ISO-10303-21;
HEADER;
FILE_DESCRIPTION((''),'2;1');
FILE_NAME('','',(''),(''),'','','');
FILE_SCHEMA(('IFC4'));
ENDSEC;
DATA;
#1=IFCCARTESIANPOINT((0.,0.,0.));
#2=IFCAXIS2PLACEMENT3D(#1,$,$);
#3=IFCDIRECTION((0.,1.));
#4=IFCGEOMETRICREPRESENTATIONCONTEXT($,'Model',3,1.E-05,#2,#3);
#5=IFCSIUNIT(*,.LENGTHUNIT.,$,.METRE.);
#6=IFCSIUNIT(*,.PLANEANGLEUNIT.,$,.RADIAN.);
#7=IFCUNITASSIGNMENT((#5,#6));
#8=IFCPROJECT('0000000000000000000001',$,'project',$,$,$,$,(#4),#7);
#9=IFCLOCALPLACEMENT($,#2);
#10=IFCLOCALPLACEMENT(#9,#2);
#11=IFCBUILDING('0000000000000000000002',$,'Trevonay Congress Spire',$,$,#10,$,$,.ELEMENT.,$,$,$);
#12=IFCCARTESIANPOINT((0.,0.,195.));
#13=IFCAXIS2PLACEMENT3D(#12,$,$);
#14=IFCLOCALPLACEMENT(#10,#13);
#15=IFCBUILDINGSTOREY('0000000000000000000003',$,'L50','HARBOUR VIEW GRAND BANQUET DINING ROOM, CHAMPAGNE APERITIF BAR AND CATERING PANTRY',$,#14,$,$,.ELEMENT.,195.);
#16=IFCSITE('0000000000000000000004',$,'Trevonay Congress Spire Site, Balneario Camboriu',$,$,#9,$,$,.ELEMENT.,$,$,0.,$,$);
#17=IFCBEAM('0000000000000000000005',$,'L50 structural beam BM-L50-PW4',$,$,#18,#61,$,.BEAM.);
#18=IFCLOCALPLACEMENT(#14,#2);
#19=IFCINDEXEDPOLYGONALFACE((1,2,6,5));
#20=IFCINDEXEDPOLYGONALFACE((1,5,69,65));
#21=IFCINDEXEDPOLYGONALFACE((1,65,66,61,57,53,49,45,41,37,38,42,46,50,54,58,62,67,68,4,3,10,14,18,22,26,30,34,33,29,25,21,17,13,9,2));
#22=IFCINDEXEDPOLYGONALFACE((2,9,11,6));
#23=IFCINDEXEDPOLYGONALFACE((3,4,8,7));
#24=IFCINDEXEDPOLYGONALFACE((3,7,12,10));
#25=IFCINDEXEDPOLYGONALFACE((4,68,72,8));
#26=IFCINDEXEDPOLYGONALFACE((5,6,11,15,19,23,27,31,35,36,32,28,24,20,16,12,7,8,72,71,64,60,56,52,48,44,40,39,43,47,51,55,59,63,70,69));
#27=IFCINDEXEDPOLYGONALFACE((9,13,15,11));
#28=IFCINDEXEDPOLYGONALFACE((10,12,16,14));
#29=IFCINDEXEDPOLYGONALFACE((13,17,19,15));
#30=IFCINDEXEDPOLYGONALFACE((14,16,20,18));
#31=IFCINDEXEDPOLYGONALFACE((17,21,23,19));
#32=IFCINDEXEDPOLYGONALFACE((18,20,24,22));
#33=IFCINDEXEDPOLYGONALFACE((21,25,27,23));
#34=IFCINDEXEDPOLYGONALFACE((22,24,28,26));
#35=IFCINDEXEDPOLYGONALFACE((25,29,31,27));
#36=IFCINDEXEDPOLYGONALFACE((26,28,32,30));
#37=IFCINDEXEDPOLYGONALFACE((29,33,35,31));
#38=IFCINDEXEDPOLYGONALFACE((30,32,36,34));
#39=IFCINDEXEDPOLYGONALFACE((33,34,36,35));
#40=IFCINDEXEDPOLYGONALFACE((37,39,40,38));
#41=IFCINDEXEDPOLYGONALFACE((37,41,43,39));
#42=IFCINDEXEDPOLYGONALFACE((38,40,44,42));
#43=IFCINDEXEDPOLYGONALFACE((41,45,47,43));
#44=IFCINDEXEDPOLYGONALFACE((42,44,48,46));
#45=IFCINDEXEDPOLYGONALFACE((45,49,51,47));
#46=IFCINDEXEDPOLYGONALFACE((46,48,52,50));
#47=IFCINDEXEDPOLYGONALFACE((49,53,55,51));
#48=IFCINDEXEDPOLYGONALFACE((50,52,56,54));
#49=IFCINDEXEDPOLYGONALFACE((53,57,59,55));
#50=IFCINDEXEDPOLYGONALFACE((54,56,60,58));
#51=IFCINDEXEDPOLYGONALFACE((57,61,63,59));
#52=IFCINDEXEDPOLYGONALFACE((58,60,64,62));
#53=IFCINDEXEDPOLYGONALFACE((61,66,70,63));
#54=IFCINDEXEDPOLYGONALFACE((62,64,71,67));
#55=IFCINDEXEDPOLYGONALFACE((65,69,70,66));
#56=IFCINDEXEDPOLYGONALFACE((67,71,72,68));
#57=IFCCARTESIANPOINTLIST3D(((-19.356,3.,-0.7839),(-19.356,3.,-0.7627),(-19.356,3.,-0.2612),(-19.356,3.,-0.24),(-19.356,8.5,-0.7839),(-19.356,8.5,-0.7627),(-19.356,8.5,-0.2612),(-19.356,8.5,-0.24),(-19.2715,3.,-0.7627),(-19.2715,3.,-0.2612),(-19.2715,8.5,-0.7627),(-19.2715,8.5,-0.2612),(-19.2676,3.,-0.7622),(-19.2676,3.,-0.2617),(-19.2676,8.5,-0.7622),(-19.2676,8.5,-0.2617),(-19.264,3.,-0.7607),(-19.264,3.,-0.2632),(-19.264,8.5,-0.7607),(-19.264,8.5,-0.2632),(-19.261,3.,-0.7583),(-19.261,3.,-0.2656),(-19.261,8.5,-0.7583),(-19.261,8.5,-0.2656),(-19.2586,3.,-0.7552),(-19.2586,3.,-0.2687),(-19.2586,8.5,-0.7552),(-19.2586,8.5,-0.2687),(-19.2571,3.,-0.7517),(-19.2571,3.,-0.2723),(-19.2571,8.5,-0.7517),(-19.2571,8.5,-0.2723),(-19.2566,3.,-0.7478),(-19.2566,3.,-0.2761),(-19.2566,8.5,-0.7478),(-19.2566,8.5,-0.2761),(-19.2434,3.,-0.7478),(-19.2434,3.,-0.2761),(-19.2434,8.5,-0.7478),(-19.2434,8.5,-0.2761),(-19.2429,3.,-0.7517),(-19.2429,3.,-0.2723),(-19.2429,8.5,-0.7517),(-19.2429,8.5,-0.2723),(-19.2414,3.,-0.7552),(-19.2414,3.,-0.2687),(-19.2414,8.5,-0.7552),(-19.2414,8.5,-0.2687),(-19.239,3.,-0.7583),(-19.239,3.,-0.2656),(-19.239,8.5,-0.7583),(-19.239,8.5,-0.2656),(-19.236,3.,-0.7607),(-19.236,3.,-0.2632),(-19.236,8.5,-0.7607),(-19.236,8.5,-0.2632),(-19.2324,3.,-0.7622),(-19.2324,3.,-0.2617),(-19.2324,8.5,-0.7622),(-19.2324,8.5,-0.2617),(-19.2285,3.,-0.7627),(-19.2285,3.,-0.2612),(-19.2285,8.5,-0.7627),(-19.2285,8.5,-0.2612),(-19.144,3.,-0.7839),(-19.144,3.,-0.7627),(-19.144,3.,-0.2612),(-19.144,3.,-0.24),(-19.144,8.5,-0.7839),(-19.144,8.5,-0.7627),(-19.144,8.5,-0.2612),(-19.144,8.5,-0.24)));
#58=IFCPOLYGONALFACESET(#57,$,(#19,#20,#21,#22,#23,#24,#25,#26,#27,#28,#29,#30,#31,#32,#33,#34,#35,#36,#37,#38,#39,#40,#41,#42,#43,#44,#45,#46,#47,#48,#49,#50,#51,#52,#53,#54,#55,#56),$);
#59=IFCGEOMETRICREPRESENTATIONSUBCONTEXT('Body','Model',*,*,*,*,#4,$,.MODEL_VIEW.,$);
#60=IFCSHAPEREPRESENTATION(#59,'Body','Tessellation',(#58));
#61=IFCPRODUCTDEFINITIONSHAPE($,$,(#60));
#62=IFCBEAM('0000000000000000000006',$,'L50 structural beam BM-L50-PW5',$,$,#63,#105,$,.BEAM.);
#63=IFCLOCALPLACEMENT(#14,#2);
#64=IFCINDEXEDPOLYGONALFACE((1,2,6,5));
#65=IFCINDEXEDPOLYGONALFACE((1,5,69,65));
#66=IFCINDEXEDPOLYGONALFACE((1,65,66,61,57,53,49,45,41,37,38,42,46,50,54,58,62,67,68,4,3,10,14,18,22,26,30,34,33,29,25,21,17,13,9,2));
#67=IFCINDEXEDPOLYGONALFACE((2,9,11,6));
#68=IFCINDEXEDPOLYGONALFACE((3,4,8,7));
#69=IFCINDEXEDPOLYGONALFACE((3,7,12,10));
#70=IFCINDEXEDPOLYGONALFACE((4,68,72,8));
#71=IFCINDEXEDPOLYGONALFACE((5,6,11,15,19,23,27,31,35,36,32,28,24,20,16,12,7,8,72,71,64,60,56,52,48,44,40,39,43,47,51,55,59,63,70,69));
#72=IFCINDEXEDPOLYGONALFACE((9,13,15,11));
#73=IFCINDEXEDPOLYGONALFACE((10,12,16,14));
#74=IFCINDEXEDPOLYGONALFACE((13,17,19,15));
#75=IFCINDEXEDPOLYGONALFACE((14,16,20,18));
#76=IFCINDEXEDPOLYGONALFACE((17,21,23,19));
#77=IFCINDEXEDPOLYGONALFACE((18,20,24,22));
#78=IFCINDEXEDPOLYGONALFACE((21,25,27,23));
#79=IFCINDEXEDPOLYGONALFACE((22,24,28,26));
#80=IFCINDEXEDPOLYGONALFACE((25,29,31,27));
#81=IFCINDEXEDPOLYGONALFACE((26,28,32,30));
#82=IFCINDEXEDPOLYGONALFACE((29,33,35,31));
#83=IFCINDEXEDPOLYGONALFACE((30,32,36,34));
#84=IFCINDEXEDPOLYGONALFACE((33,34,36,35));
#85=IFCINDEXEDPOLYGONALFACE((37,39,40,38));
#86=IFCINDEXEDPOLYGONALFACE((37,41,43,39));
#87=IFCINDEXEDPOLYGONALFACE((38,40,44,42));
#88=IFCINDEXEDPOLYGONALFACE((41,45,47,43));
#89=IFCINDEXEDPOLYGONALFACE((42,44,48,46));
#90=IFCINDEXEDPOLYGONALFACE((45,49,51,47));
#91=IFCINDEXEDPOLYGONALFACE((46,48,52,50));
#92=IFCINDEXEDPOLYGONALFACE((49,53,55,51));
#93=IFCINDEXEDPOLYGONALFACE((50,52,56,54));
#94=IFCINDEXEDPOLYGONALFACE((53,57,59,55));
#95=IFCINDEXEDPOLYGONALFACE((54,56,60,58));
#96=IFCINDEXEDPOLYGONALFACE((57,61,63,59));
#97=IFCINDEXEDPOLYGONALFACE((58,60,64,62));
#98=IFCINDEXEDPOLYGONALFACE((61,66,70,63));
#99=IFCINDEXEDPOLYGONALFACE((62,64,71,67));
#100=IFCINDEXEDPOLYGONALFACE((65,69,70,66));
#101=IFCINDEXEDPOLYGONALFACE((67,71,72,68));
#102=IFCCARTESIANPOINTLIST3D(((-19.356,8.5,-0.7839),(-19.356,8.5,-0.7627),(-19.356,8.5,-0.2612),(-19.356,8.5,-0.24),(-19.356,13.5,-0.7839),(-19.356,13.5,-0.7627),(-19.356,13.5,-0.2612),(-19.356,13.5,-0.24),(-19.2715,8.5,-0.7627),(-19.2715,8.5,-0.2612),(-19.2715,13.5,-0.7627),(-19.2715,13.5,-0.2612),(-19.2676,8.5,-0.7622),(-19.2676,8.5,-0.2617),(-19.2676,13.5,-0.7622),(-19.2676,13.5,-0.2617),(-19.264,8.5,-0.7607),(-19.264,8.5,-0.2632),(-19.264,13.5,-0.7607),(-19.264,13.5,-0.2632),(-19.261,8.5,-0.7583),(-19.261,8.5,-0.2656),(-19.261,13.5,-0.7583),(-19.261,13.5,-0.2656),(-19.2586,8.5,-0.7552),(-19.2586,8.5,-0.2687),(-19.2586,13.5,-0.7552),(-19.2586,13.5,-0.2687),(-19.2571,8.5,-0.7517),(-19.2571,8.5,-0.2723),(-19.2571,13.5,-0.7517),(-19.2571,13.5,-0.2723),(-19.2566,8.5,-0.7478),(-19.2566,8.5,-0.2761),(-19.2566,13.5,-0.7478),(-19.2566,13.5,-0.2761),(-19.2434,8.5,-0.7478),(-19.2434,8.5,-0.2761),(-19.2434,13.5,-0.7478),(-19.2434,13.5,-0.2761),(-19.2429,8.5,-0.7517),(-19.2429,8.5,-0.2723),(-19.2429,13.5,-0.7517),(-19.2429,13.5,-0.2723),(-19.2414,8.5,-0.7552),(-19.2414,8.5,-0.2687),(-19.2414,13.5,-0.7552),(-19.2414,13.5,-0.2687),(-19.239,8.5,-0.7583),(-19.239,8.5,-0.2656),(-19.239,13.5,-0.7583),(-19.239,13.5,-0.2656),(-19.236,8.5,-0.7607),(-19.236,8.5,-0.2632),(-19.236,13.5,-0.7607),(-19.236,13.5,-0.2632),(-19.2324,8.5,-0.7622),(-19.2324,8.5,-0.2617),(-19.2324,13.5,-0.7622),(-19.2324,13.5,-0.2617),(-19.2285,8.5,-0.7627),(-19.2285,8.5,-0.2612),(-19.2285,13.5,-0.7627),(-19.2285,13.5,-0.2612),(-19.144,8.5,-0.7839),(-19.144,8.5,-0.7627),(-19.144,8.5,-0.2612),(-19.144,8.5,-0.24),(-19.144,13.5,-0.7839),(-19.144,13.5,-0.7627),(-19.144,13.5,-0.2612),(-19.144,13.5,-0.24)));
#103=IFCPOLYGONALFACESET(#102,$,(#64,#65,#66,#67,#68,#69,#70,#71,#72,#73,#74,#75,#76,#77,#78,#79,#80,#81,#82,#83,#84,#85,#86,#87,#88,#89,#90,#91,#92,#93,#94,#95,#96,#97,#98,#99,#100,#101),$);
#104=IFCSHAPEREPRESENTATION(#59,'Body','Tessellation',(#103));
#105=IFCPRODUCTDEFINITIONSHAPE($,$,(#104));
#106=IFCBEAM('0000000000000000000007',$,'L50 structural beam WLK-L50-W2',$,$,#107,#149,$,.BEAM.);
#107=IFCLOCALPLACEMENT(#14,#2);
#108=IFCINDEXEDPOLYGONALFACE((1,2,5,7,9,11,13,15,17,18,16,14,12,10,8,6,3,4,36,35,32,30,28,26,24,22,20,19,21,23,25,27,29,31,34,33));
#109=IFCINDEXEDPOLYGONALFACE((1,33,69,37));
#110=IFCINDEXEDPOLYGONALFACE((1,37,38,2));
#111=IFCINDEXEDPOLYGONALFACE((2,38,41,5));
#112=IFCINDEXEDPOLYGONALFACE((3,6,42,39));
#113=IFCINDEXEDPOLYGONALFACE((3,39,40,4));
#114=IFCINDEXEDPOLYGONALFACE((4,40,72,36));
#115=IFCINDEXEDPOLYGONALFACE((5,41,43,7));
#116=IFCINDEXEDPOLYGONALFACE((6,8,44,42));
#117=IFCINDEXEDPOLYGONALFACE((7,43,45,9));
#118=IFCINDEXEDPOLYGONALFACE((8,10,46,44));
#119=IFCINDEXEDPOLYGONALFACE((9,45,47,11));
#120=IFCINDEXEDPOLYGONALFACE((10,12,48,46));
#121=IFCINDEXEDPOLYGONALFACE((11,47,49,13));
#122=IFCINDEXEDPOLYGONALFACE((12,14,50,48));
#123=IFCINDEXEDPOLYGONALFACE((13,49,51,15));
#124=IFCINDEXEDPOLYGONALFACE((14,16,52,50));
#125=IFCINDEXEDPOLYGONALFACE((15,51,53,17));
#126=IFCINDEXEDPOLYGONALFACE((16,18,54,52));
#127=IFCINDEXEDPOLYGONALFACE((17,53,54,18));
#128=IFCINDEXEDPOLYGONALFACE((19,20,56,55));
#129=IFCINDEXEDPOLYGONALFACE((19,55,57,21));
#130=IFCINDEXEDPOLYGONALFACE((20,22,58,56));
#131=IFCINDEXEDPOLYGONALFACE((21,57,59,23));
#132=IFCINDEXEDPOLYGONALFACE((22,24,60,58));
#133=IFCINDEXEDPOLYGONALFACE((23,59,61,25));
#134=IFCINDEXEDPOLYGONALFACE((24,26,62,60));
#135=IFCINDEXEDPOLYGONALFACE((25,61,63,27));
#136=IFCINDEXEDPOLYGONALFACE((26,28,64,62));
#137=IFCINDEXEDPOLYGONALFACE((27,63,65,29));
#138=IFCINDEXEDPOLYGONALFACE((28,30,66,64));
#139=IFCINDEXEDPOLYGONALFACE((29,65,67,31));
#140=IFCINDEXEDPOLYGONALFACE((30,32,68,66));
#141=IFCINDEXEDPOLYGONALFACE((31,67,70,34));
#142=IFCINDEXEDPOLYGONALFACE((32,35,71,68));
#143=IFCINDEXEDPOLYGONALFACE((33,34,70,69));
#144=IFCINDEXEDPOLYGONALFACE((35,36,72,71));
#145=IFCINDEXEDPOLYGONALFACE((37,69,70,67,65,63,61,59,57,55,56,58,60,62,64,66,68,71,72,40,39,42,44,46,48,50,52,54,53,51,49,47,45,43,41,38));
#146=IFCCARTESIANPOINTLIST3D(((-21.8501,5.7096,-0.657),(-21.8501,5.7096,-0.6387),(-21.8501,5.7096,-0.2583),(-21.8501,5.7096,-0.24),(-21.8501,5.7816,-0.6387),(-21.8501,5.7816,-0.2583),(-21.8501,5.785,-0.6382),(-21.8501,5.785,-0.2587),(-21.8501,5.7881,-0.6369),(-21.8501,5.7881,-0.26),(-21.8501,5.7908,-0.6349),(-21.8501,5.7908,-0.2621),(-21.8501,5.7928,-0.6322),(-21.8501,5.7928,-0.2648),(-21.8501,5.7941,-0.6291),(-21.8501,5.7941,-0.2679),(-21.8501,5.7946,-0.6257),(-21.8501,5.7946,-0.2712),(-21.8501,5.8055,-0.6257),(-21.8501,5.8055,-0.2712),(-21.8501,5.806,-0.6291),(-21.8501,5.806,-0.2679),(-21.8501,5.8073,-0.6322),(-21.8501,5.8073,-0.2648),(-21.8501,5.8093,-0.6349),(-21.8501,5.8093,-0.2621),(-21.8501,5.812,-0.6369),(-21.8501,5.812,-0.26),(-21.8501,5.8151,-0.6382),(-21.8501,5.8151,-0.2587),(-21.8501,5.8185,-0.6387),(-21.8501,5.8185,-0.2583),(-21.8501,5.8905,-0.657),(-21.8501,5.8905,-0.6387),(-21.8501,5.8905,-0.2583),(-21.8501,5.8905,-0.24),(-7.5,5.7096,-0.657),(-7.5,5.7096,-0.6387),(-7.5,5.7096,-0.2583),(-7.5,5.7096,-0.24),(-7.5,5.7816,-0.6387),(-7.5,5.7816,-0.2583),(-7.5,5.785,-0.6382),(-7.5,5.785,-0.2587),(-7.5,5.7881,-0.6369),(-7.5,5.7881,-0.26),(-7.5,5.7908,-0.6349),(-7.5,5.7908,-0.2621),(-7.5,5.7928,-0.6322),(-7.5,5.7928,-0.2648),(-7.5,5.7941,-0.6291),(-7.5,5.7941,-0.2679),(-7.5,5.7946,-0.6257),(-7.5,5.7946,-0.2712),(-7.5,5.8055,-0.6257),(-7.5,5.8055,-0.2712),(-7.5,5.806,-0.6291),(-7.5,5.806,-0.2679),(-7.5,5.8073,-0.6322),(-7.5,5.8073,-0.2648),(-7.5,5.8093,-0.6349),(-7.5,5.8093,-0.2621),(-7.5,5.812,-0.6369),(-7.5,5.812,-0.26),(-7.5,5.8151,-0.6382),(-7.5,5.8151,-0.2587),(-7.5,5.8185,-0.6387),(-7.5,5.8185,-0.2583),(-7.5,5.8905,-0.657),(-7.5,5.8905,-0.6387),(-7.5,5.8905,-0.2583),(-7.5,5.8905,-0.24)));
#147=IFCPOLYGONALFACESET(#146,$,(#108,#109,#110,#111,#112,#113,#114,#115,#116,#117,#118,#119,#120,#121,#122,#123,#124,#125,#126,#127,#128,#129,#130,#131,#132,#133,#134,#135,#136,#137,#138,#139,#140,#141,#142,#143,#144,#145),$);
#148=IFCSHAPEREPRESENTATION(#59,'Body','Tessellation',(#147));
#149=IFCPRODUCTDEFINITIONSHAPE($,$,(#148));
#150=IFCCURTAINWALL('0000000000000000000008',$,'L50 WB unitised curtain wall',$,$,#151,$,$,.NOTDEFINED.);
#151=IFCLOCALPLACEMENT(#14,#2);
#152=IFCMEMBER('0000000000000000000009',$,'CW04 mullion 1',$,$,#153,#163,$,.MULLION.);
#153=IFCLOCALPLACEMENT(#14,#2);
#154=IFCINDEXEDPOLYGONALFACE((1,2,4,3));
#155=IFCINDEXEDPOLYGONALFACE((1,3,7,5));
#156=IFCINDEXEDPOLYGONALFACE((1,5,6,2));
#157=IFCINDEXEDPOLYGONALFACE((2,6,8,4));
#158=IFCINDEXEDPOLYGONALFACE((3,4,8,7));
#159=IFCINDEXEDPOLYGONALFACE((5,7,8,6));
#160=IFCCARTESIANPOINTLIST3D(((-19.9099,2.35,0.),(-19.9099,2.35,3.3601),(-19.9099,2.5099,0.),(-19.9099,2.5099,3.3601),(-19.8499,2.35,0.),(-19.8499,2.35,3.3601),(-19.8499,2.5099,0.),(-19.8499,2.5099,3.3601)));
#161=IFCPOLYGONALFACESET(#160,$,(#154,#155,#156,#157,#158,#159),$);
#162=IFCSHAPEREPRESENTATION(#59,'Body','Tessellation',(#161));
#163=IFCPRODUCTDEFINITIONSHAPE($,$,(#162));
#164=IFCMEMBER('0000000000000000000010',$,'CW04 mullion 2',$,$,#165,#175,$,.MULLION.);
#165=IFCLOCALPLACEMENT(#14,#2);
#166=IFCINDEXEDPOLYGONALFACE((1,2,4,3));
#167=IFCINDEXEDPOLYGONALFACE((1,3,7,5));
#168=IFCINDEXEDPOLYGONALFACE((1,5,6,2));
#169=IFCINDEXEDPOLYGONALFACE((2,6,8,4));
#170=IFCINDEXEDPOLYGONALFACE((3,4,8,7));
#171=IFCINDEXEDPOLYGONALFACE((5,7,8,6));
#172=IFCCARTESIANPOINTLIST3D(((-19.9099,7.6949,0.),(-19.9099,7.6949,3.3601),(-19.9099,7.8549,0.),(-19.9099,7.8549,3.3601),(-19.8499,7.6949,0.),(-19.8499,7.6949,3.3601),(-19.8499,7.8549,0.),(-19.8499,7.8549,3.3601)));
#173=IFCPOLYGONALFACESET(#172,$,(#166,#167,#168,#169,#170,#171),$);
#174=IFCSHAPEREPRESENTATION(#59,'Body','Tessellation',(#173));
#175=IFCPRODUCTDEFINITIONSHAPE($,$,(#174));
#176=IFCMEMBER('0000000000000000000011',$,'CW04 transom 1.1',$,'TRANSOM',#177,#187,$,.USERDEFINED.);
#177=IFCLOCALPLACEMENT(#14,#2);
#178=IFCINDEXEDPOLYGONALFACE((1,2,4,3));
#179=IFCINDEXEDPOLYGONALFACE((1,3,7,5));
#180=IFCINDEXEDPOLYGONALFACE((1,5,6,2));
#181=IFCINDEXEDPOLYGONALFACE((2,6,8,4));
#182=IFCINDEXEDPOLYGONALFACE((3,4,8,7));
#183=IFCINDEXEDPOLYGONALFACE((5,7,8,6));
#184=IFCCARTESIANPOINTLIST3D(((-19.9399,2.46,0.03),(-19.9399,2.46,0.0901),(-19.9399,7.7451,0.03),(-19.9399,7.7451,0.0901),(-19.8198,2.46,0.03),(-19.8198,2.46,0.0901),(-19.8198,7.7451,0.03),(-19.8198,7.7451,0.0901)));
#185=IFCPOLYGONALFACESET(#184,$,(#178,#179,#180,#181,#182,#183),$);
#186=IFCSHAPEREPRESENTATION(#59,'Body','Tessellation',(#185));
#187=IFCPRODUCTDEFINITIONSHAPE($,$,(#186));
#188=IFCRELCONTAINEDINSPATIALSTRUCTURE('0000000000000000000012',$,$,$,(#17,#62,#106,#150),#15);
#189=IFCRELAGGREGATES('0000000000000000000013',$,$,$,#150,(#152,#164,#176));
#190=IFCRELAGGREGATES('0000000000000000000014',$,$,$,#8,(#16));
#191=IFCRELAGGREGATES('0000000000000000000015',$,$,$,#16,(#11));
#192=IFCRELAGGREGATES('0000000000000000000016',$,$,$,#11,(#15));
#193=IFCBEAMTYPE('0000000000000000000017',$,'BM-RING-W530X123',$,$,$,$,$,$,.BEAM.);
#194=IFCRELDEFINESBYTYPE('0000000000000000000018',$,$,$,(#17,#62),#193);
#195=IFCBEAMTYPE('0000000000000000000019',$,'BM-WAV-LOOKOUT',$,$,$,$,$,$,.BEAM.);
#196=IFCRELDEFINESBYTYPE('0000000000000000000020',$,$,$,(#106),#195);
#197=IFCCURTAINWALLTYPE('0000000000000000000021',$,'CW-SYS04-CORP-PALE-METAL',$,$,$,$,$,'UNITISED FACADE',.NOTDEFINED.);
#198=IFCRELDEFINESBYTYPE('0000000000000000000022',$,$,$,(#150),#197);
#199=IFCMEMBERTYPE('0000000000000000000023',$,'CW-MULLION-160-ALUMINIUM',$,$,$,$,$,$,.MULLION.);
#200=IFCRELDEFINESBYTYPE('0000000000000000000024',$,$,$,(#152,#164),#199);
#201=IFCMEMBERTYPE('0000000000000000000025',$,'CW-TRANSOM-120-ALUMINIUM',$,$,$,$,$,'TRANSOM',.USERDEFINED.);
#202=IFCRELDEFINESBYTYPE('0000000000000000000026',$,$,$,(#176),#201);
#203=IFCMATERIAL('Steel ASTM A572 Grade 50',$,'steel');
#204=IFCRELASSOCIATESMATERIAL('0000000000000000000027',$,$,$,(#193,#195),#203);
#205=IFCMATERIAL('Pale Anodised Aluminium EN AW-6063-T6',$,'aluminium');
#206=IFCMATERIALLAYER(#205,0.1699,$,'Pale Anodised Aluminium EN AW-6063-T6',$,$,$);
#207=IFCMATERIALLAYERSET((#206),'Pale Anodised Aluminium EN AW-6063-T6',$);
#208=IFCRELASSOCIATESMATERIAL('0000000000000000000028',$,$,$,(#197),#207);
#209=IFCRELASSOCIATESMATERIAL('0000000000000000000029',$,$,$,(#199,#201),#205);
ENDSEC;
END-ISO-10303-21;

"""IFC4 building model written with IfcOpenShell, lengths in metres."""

from ifc_helpers import new_model, si_unit, direction, frame, origin, origin_2d, place, context, subcontext, project, spatial, rectangle, i_section, extrude, material, layer, layer_set, material_profile, profile_set, type_object, element, aggregate, save


model = new_model("IFC4")

# Units and contexts
model_context = context("Model", 3, precision=1e-05, world=origin(), true_north=direction((0.0, 1.0)))
body_context = subcontext(model_context, "Body", "Model", "MODEL_VIEW")
ifc_project = project(units=[si_unit("LENGTHUNIT", "METRE"), si_unit("PLANEANGLEUNIT", "RADIAN")], contexts=[model_context])

# Site, building, storey
site_placement = place(None, origin())
site = spatial("IfcSite", under=ifc_project, at=site_placement, Name="Trevonay Congress Spire Site, Balneario Camboriu", CompositionType="ELEMENT", RefElevation=0.0)
building_placement = place(site_placement, origin())
building = spatial("IfcBuilding", under=site, at=building_placement, Name="Trevonay Congress Spire", CompositionType="ELEMENT")
storey_placement = place(building_placement, frame((0.0, 0.0, 195.0)))
storey = spatial("IfcBuildingStorey", under=building, at=storey_placement, Name="L50", Description="HARBOUR VIEW GRAND BANQUET DINING ROOM, CHAMPAGNE APERITIF BAR AND CATERING PANTRY", CompositionType="ELEMENT", Elevation=195.0)

# Shared definitions
ifc_material_1 = material(Name="Steel ASTM A572 Grade 50", Category="steel")

# Beams
ifc_material_profile_1 = material_profile(ifc_material_1, i_section(OverallWidth=0.2119, OverallDepth=0.5439, WebThickness=0.0132, FlangeThickness=0.0212, FilletRadius=0.0149, at=origin_2d()), Name="W530x123")
ifc_profile_set_1 = profile_set([ifc_material_profile_1], Name="Steel ASTM A572 Grade 50")
beam_type_1 = type_object("IfcBeamType", Name="BM-RING-W530X123", PredefinedType="BEAM", material=ifc_profile_set_1)
beam_1_placement = place(storey_placement, frame((-19.25, 3.0, -0.512), z_axis=(0.0, 1.0, 0.0), x_axis=(-1.0, 0.0, 0.0)))
element("IfcBeam", 1, at=beam_1_placement, inside=storey, type_object=beam_type_1, Name="L50 structural beam BM-L50-PW4", PredefinedType="BEAM", context=body_context, shape_type="SweptSolid", body=[
    extrude(i_section(OverallWidth=0.2119, OverallDepth=0.5439, WebThickness=0.0132, FlangeThickness=0.0212, FilletRadius=0.0149, at=origin_2d()), origin(), (0.0, 0.0, 1.0), 5.5),
])
beam_2_placement = place(storey_placement, frame((-19.25, 8.5, -0.512), z_axis=(0.0, 1.0, 0.0), x_axis=(-1.0, 0.0, 0.0)))
element("IfcBeam", 2, at=beam_2_placement, inside=storey, type_object=beam_type_1, Name="L50 structural beam BM-L50-PW5", PredefinedType="BEAM", context=body_context, shape_type="SweptSolid", body=[
    extrude(i_section(OverallWidth=0.2119, OverallDepth=0.5439, WebThickness=0.0132, FlangeThickness=0.0212, FilletRadius=0.0149, at=origin_2d()), origin(), (0.0, 0.0, 1.0), 5.0),
])
ifc_material_profile_2 = material_profile(ifc_material_1, i_section(OverallWidth=0.1809, OverallDepth=0.417, WebThickness=0.011, FlangeThickness=0.0183, FilletRadius=0.0129, at=origin_2d()), Name="W410x85")
ifc_profile_set_2 = profile_set([ifc_material_profile_2], Name="Steel ASTM A572 Grade 50")
beam_type_2 = type_object("IfcBeamType", Name="BM-WAV-LOOKOUT", PredefinedType="BEAM", material=ifc_profile_set_2)
beam_3_placement = place(storey_placement, frame((-7.5, 5.8, -0.4485), z_axis=(-1.0, 0.0, 0.0), x_axis=(0.0, -1.0, 0.0)))
element("IfcBeam", 3, at=beam_3_placement, inside=storey, type_object=beam_type_2, Name="L50 structural beam WLK-L50-W2", PredefinedType="BEAM", context=body_context, shape_type="SweptSolid", body=[
    extrude(i_section(OverallWidth=0.1809, OverallDepth=0.417, WebThickness=0.011, FlangeThickness=0.0183, FilletRadius=0.0129, at=origin_2d()), origin(), (0.0, 0.0, 1.0), 14.3501),
])

# Curtain wall, members
ifc_material_2 = material(Name="Pale Anodised Aluminium EN AW-6063-T6", Category="aluminium")
ifc_layer_1 = layer(ifc_material_2, 0.1699, Name="Pale Anodised Aluminium EN AW-6063-T6")
ifc_layer_set_1 = layer_set([ifc_layer_1], Name="Pale Anodised Aluminium EN AW-6063-T6")
curtain_wall_type = type_object("IfcCurtainWallType", Name="CW-SYS04-CORP-PALE-METAL", ElementType="UNITISED FACADE", PredefinedType="NOTDEFINED", material=ifc_layer_set_1)
curtain_wall_placement = place(storey_placement, origin())
curtain_wall = element("IfcCurtainWall", 4, at=curtain_wall_placement, inside=storey, type_object=curtain_wall_type, Name="L50 WB unitised curtain wall", PredefinedType="NOTDEFINED")
ifc_material_profile_3 = material_profile(ifc_material_2, rectangle(XDim=0.0601, YDim=0.1599, at=origin_2d()), Name="CW-MULLION-160-ALUMINIUM")
ifc_profile_set_3 = profile_set([ifc_material_profile_3], Name="Pale Anodised Aluminium EN AW-6063-T6")
member_type_1 = type_object("IfcMemberType", Name="CW-MULLION-160-ALUMINIUM", PredefinedType="MULLION", material=ifc_profile_set_3)
member_1_placement = place(storey_placement, frame((-19.8799, 2.4299, 0.0), z_axis=(0.0, 0.0, 1.0), x_axis=(-1.0, 0.0, 0.0)))
member_1 = element("IfcMember", 5, at=member_1_placement, type_object=member_type_1, Name="CW04 mullion 1", PredefinedType="MULLION", context=body_context, shape_type="SweptSolid", body=[
    extrude(rectangle(XDim=0.0601, YDim=0.1599, at=origin_2d()), origin(), (0.0, 0.0, 1.0), 3.3601),
])
member_2_placement = place(storey_placement, frame((-19.8799, 7.7749, 0.0), z_axis=(0.0, 0.0, 1.0), x_axis=(-1.0, 0.0, 0.0)))
member_2 = element("IfcMember", 6, at=member_2_placement, type_object=member_type_1, Name="CW04 mullion 2", PredefinedType="MULLION", context=body_context, shape_type="SweptSolid", body=[
    extrude(rectangle(XDim=0.0601, YDim=0.1599, at=origin_2d()), origin(), (0.0, 0.0, 1.0), 3.3601),
])
ifc_material_profile_4 = material_profile(ifc_material_2, rectangle(XDim=0.1201, YDim=0.0601, at=origin_2d()), Name="CW-TRANSOM-120-ALUMINIUM")
ifc_profile_set_4 = profile_set([ifc_material_profile_4], Name="Pale Anodised Aluminium EN AW-6063-T6")
member_type_2 = type_object("IfcMemberType", Name="CW-TRANSOM-120-ALUMINIUM", ElementType="TRANSOM", PredefinedType="USERDEFINED", material=ifc_profile_set_4)
member_3_placement = place(storey_placement, frame((-19.8799, 2.46, 0.0601), z_axis=(0.0, 1.0, 0.0), x_axis=(-1.0, 0.0, 0.0)))
member_3 = element("IfcMember", 7, at=member_3_placement, type_object=member_type_2, Name="CW04 transom 1.1", ObjectType="TRANSOM", PredefinedType="USERDEFINED", context=body_context, shape_type="SweptSolid", body=[
    extrude(rectangle(XDim=0.1201, YDim=0.0601, at=origin_2d()), origin(), (0.0, 0.0, 1.0), 5.2852),
])
aggregate(curtain_wall, [member_1, member_2, member_3])

save(model, "model.ifc")
